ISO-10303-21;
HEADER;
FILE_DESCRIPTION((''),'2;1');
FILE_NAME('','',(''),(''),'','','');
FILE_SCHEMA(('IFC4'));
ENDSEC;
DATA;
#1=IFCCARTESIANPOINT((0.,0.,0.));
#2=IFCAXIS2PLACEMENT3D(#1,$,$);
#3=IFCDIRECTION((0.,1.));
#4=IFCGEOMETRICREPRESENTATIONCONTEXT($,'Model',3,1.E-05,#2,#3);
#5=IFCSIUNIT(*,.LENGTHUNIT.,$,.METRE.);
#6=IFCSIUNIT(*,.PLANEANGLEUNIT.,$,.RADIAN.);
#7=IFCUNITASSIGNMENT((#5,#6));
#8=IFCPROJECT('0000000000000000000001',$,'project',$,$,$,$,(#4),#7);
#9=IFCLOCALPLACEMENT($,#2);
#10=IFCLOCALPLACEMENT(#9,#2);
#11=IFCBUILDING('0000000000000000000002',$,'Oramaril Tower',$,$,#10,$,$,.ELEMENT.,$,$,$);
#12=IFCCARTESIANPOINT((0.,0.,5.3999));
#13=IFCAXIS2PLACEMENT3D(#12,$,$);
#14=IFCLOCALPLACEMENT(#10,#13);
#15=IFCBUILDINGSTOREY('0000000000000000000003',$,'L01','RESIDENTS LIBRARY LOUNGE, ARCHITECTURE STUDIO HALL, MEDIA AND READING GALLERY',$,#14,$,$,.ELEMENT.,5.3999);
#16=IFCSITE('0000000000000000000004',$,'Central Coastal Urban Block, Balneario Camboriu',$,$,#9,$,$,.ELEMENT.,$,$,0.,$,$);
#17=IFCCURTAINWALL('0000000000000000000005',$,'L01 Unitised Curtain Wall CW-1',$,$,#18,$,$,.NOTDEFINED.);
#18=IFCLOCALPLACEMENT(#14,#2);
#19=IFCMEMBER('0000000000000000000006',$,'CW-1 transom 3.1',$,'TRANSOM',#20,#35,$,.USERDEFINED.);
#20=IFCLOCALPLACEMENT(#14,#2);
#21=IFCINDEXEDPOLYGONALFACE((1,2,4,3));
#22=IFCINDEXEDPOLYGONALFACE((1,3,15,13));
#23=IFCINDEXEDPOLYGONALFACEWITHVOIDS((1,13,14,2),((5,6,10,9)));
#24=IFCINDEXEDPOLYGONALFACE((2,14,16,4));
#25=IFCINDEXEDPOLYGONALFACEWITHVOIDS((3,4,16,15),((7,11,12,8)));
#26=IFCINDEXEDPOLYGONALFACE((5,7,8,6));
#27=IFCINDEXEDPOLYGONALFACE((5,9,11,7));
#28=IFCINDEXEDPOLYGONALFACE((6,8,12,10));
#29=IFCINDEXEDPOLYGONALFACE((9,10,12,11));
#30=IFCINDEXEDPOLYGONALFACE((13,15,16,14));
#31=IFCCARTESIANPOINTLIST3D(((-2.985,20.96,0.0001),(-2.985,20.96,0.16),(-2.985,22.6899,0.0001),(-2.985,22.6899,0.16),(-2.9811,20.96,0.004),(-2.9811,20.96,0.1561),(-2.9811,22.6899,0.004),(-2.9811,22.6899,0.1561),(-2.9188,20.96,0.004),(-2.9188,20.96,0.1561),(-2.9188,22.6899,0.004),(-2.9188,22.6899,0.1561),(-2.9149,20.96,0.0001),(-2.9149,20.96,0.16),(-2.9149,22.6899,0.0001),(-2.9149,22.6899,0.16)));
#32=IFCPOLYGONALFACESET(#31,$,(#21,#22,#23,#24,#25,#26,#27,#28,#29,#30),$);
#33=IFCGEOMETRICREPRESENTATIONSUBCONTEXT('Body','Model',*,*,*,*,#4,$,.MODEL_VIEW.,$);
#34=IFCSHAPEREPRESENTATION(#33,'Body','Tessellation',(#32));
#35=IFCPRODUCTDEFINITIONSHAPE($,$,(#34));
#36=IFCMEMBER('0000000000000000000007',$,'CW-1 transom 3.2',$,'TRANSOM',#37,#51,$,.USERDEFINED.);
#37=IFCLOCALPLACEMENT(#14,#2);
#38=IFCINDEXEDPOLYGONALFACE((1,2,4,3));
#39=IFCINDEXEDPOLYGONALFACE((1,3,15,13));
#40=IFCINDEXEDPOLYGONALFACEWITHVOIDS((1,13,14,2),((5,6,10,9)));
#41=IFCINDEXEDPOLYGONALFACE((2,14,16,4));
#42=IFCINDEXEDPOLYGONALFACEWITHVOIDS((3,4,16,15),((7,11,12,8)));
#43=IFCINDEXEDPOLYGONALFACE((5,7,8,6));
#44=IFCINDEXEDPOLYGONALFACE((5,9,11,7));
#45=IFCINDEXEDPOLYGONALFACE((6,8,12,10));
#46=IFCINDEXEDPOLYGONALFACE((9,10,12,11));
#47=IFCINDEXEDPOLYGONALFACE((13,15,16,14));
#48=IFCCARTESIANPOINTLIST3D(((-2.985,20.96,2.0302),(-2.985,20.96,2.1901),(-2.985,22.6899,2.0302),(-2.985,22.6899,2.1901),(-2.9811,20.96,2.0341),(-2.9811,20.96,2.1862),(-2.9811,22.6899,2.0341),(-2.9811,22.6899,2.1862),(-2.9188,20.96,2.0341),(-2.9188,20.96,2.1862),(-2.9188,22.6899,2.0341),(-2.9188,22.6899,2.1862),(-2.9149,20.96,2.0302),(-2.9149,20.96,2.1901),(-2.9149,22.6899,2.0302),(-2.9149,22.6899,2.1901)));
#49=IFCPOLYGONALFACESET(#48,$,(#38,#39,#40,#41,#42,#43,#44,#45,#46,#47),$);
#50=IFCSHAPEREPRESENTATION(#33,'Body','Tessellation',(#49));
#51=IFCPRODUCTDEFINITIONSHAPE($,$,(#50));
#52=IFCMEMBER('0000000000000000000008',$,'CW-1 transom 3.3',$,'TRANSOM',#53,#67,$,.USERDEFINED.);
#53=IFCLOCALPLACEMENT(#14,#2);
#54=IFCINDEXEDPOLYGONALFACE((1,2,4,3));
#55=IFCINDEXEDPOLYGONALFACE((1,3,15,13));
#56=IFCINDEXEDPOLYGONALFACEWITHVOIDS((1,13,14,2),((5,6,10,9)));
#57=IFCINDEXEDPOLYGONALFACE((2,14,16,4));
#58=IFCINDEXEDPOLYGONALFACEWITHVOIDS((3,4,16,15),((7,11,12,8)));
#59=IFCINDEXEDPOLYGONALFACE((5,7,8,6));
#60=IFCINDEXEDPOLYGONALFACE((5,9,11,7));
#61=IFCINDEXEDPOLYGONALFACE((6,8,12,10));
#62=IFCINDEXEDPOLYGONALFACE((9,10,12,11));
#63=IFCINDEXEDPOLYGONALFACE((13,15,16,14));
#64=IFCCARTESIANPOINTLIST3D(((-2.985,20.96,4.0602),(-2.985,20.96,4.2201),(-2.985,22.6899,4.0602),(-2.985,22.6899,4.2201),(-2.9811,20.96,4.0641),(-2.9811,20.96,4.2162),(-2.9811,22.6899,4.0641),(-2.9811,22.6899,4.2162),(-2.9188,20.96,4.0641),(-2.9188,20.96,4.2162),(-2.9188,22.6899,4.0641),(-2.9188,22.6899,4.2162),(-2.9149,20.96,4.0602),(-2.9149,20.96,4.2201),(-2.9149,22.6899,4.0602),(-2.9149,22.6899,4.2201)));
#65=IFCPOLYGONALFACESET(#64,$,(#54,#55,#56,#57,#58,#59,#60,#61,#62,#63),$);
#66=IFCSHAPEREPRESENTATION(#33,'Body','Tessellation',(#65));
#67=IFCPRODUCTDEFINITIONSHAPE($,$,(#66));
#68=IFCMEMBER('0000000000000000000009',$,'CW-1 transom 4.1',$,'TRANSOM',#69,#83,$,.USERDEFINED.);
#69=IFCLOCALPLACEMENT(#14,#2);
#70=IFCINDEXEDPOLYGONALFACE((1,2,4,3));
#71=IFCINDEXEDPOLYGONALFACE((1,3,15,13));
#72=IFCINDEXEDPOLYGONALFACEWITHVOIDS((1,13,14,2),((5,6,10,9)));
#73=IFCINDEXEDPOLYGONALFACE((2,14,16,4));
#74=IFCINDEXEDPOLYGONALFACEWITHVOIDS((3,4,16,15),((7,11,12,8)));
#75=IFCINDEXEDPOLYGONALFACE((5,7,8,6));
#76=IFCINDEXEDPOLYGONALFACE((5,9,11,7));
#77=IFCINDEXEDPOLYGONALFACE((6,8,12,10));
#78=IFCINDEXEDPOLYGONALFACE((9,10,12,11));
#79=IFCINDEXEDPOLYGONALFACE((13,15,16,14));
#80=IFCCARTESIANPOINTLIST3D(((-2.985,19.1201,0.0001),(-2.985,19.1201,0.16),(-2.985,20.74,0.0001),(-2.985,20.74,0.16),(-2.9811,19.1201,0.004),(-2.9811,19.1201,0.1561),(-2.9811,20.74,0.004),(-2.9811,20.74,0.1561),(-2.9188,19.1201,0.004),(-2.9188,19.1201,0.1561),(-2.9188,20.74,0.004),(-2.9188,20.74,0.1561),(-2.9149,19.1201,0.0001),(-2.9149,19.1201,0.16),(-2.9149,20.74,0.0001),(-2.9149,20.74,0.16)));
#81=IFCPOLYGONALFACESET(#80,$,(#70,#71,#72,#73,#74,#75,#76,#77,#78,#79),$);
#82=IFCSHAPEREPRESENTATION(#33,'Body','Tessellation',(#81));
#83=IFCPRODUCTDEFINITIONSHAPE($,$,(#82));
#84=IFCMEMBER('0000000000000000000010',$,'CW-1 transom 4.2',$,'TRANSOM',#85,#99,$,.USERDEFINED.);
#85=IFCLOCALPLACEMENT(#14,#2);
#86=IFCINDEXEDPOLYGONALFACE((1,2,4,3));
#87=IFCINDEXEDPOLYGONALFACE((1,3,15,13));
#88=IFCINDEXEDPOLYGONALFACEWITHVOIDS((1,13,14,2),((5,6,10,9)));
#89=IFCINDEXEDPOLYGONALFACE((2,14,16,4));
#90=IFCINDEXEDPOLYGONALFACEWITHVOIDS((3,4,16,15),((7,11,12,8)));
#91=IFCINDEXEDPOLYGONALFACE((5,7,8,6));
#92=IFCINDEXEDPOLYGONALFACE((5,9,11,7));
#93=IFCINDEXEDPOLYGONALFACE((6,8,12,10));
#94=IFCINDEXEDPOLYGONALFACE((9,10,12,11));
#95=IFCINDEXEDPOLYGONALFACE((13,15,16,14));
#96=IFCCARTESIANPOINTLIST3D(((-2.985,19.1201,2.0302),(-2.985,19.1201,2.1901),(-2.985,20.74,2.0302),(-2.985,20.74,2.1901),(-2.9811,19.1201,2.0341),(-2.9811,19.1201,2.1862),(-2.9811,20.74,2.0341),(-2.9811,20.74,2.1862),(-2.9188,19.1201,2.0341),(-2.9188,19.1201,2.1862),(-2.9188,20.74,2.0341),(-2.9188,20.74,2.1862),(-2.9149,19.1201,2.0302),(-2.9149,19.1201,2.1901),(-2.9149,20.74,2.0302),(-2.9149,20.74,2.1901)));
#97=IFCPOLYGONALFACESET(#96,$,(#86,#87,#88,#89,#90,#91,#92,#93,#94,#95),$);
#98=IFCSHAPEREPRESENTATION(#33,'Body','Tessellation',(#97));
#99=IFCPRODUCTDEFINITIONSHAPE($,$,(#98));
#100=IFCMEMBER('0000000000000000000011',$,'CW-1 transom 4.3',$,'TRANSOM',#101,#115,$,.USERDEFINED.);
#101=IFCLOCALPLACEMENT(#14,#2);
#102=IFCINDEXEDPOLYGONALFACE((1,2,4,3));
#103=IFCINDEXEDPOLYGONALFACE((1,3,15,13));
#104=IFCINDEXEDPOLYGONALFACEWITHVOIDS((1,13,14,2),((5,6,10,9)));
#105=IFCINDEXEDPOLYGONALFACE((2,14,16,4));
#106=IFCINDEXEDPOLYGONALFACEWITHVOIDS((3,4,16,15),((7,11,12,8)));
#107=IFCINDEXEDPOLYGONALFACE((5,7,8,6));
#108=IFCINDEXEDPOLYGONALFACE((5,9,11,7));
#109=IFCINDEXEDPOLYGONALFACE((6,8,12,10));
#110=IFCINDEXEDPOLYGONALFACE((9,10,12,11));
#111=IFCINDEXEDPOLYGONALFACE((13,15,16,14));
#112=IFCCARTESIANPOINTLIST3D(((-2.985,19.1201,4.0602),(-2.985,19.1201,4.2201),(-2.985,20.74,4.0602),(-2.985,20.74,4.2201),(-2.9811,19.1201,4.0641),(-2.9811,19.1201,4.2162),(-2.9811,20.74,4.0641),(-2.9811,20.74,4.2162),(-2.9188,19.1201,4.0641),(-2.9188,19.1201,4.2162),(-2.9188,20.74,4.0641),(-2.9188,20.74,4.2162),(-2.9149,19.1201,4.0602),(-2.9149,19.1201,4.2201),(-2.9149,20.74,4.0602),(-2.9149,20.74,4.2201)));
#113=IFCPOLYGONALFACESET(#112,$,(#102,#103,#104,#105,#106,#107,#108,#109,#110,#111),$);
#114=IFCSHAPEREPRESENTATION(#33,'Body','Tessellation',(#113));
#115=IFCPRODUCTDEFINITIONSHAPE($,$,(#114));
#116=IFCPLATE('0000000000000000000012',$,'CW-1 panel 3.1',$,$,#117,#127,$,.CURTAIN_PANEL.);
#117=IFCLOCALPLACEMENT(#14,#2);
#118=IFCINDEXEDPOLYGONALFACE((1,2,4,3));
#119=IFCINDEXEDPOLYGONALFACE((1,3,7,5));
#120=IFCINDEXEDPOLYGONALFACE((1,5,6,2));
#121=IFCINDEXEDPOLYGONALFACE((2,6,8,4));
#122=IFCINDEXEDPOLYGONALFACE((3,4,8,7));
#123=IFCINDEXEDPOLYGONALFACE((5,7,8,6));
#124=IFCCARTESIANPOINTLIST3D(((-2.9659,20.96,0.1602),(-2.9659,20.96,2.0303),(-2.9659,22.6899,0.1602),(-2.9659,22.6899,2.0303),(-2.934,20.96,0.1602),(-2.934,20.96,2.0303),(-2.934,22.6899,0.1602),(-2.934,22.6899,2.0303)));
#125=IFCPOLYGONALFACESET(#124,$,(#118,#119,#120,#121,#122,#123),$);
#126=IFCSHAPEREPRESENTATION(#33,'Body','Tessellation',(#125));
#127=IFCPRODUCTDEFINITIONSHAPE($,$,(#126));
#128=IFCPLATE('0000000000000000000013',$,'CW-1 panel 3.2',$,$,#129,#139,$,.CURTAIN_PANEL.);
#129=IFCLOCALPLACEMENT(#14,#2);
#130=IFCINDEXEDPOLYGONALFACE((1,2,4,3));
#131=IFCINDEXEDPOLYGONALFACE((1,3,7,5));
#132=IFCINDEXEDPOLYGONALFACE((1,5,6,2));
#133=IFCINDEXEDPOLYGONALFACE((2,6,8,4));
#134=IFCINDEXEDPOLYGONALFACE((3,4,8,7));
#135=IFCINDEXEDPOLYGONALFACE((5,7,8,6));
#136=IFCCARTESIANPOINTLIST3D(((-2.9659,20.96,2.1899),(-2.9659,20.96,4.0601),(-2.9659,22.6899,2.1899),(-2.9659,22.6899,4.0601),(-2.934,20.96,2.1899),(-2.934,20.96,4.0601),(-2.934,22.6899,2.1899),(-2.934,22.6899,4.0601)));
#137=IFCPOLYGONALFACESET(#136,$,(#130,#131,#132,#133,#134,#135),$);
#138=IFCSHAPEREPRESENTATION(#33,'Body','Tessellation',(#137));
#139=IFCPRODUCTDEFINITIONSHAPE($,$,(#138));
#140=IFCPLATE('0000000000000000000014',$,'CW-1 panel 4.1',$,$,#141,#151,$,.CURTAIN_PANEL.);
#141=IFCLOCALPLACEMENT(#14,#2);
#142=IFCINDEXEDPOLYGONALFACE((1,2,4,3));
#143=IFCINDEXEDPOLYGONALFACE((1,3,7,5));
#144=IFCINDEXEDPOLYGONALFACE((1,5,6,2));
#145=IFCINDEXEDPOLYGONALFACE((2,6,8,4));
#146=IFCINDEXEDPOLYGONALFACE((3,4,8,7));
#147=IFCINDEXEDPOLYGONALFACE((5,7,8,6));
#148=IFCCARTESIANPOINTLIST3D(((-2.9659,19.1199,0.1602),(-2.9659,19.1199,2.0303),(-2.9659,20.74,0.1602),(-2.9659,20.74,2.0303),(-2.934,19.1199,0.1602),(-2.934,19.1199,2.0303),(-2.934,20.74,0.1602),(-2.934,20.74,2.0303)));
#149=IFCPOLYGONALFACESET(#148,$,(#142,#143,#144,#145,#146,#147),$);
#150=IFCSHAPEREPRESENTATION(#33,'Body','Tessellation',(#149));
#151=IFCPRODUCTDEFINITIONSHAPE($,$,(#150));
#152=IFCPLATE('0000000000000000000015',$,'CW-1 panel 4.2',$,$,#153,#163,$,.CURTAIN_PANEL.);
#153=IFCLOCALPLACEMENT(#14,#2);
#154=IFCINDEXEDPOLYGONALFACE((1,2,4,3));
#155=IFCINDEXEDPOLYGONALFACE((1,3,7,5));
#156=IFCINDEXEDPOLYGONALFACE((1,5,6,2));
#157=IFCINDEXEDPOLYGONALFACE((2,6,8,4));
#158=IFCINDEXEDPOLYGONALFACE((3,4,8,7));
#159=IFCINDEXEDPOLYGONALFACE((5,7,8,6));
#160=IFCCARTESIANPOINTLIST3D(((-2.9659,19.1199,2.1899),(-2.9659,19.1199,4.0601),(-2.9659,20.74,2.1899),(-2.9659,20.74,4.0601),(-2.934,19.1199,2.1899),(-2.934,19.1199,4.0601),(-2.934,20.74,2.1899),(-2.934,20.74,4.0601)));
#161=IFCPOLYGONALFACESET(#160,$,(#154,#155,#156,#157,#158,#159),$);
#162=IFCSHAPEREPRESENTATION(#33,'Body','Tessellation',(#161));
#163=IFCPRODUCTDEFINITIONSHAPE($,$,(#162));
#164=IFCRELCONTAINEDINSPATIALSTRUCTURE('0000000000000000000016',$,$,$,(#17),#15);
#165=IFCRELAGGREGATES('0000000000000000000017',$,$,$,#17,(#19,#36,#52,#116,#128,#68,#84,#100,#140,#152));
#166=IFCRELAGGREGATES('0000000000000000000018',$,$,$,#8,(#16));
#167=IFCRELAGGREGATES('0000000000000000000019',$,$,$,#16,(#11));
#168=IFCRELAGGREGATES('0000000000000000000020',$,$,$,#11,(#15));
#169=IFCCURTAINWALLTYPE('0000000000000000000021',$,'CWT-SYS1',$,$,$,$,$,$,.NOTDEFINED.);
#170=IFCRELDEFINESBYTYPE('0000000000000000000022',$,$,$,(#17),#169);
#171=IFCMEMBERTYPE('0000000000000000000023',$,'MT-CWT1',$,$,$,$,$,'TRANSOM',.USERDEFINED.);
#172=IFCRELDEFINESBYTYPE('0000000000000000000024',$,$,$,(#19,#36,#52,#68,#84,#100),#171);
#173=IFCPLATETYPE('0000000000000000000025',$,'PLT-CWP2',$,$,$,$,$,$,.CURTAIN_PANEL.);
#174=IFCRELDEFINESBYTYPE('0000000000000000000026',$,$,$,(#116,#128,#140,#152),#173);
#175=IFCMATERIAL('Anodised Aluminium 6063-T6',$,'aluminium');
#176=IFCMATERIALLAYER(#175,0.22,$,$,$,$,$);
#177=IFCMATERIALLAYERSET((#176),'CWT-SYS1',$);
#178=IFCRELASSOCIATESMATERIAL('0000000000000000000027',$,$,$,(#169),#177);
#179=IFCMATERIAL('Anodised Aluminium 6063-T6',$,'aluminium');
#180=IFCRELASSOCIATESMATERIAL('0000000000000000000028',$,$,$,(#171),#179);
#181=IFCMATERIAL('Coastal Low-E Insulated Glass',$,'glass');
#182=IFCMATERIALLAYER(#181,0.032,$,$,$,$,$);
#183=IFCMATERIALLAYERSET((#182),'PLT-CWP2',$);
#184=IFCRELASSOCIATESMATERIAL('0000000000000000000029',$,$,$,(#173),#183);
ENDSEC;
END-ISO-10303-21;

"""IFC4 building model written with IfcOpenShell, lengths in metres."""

from ifc_helpers import new_model, si_unit, direction, frame, origin, origin_2d, place, context, subcontext, project, spatial, rectangle, hollow_rectangle, extrude, material, layer, layer_set, material_profile, profile_set, type_object, element, aggregate, save


model = new_model("IFC4")

# Units and contexts
model_context = context("Model", 3, precision=1e-05, world=origin(), true_north=direction((0.0, 1.0)))
body_context = subcontext(model_context, "Body", "Model", "MODEL_VIEW")
ifc_project = project(units=[si_unit("LENGTHUNIT", "METRE"), si_unit("PLANEANGLEUNIT", "RADIAN")], contexts=[model_context])

# Site, building, storey
site_placement = place(None, origin())
site = spatial("IfcSite", under=ifc_project, at=site_placement, Name="Central Coastal Urban Block, Balneario Camboriu", CompositionType="ELEMENT", RefElevation=0.0)
building_placement = place(site_placement, origin())
building = spatial("IfcBuilding", under=site, at=building_placement, Name="Oramaril Tower", CompositionType="ELEMENT")
storey_placement = place(building_placement, frame((0.0, 0.0, 5.3999)))
storey = spatial("IfcBuildingStorey", under=building, at=storey_placement, Name="L01", Description="RESIDENTS LIBRARY LOUNGE, ARCHITECTURE STUDIO HALL, MEDIA AND READING GALLERY", CompositionType="ELEMENT", Elevation=5.3999)

# Curtain wall, members, plates
ifc_material_1 = material(Name="Anodised Aluminium 6063-T6", Category="aluminium")
ifc_layer_1 = layer(ifc_material_1, 0.22)
ifc_layer_set_1 = layer_set([ifc_layer_1], Name="CWT-SYS1")
curtain_wall_type = type_object("IfcCurtainWallType", Name="CWT-SYS1", PredefinedType="NOTDEFINED", material=ifc_layer_set_1)
curtain_wall_placement = place(storey_placement, origin())
curtain_wall = element("IfcCurtainWall", 1, at=curtain_wall_placement, inside=storey, type_object=curtain_wall_type, Name="L01 Unitised Curtain Wall CW-1", PredefinedType="NOTDEFINED")
ifc_material_2 = material(Name="Anodised Aluminium 6063-T6", Category="aluminium")
ifc_material_profile_1 = material_profile(ifc_material_2, hollow_rectangle(XDim=0.0701, YDim=0.1599, WallThickness=0.0039, at=origin_2d()), Name="CWT160X70")
ifc_profile_set_1 = profile_set([ifc_material_profile_1], Name="Anodised Aluminium 6063-T6")
member_type_1 = type_object("IfcMemberType", Name="MT-CWT1", ElementType="TRANSOM", PredefinedType="USERDEFINED", material=ifc_profile_set_1)
member_1_placement = place(storey_placement, frame((-2.95, 22.6899, 0.0801), z_axis=(0.0, -1.0, 0.0), x_axis=(1.0, 0.0, 0.0)))
member_1 = element("IfcMember", 2, at=member_1_placement, type_object=member_type_1, Name="CW-1 transom 3.1", ObjectType="TRANSOM", PredefinedType="USERDEFINED", context=body_context, shape_type="SweptSolid", body=[
    extrude(hollow_rectangle(XDim=0.0701, YDim=0.1599, WallThickness=0.0039, at=origin_2d()), origin(), (0.0, 0.0, 1.0), 1.73),
])
member_2_placement = place(storey_placement, frame((-2.95, 22.6899, 2.1101), z_axis=(0.0, -1.0, 0.0), x_axis=(1.0, 0.0, 0.0)))
member_2 = element("IfcMember", 3, at=member_2_placement, type_object=member_type_1, Name="CW-1 transom 3.2", ObjectType="TRANSOM", PredefinedType="USERDEFINED", context=body_context, shape_type="SweptSolid", body=[
    extrude(hollow_rectangle(XDim=0.0701, YDim=0.1599, WallThickness=0.0039, at=origin_2d()), origin(), (0.0, 0.0, 1.0), 1.73),
])
member_3_placement = place(storey_placement, frame((-2.95, 22.6899, 4.1401), z_axis=(0.0, -1.0, 0.0), x_axis=(1.0, 0.0, 0.0)))
member_3 = element("IfcMember", 4, at=member_3_placement, type_object=member_type_1, Name="CW-1 transom 3.3", ObjectType="TRANSOM", PredefinedType="USERDEFINED", context=body_context, shape_type="SweptSolid", body=[
    extrude(hollow_rectangle(XDim=0.0701, YDim=0.1599, WallThickness=0.0039, at=origin_2d()), origin(), (0.0, 0.0, 1.0), 1.73),
])
member_4_placement = place(storey_placement, frame((-2.95, 20.74, 0.0801), z_axis=(0.0, -1.0, 0.0), x_axis=(1.0, 0.0, 0.0)))
member_4 = element("IfcMember", 5, at=member_4_placement, type_object=member_type_1, Name="CW-1 transom 4.1", ObjectType="TRANSOM", PredefinedType="USERDEFINED", context=body_context, shape_type="SweptSolid", body=[
    extrude(hollow_rectangle(XDim=0.0701, YDim=0.1599, WallThickness=0.0039, at=origin_2d()), origin(), (0.0, 0.0, 1.0), 1.6199),
])
member_5_placement = place(storey_placement, frame((-2.95, 20.74, 2.1101), z_axis=(0.0, -1.0, 0.0), x_axis=(1.0, 0.0, 0.0)))
member_5 = element("IfcMember", 6, at=member_5_placement, type_object=member_type_1, Name="CW-1 transom 4.2", ObjectType="TRANSOM", PredefinedType="USERDEFINED", context=body_context, shape_type="SweptSolid", body=[
    extrude(hollow_rectangle(XDim=0.0701, YDim=0.1599, WallThickness=0.0039, at=origin_2d()), origin(), (0.0, 0.0, 1.0), 1.6199),
])
member_6_placement = place(storey_placement, frame((-2.95, 20.74, 4.1401), z_axis=(0.0, -1.0, 0.0), x_axis=(1.0, 0.0, 0.0)))
member_6 = element("IfcMember", 7, at=member_6_placement, type_object=member_type_1, Name="CW-1 transom 4.3", ObjectType="TRANSOM", PredefinedType="USERDEFINED", context=body_context, shape_type="SweptSolid", body=[
    extrude(hollow_rectangle(XDim=0.0701, YDim=0.1599, WallThickness=0.0039, at=origin_2d()), origin(), (0.0, 0.0, 1.0), 1.6199),
])
ifc_material_3 = material(Name="Coastal Low-E Insulated Glass", Category="glass")
ifc_layer_2 = layer(ifc_material_3, 0.032)
ifc_layer_set_2 = layer_set([ifc_layer_2], Name="PLT-CWP2")
plate_type = type_object("IfcPlateType", Name="PLT-CWP2", PredefinedType="CURTAIN_PANEL", material=ifc_layer_set_2)
plate_1_placement = place(storey_placement, frame((-2.95, 21.825, 0.1602), z_axis=(0.0, 0.0, 1.0), x_axis=(0.0, -1.0, 0.0)))
plate_1 = element("IfcPlate", 8, at=plate_1_placement, type_object=plate_type, Name="CW-1 panel 3.1", PredefinedType="CURTAIN_PANEL", context=body_context, shape_type="SweptSolid", body=[
    extrude(rectangle(XDim=1.73, YDim=0.032, at=origin_2d()), origin(), (0.0, 0.0, 1.0), 1.8701),
])
plate_2_placement = place(storey_placement, frame((-2.95, 21.825, 2.1899), z_axis=(0.0, 0.0, 1.0), x_axis=(0.0, -1.0, 0.0)))
plate_2 = element("IfcPlate", 9, at=plate_2_placement, type_object=plate_type, Name="CW-1 panel 3.2", PredefinedType="CURTAIN_PANEL", context=body_context, shape_type="SweptSolid", body=[
    extrude(rectangle(XDim=1.73, YDim=0.032, at=origin_2d()), origin(), (0.0, 0.0, 1.0), 1.8701),
])
plate_3_placement = place(storey_placement, frame((-2.95, 19.9299, 0.1602), z_axis=(0.0, 0.0, 1.0), x_axis=(0.0, -1.0, 0.0)))
plate_3 = element("IfcPlate", 10, at=plate_3_placement, type_object=plate_type, Name="CW-1 panel 4.1", PredefinedType="CURTAIN_PANEL", context=body_context, shape_type="SweptSolid", body=[
    extrude(rectangle(XDim=1.6201, YDim=0.032, at=origin_2d()), origin(), (0.0, 0.0, 1.0), 1.8701),
])
plate_4_placement = place(storey_placement, frame((-2.95, 19.9299, 2.1899), z_axis=(0.0, 0.0, 1.0), x_axis=(0.0, -1.0, 0.0)))
plate_4 = element("IfcPlate", 11, at=plate_4_placement, type_object=plate_type, Name="CW-1 panel 4.2", PredefinedType="CURTAIN_PANEL", context=body_context, shape_type="SweptSolid", body=[
    extrude(rectangle(XDim=1.6201, YDim=0.032, at=origin_2d()), origin(), (0.0, 0.0, 1.0), 1.8701),
])
aggregate(curtain_wall, [member_1, member_2, member_3, plate_1, plate_2, member_4, member_5, member_6, plate_3, plate_4])

save(model, "model.ifc")
